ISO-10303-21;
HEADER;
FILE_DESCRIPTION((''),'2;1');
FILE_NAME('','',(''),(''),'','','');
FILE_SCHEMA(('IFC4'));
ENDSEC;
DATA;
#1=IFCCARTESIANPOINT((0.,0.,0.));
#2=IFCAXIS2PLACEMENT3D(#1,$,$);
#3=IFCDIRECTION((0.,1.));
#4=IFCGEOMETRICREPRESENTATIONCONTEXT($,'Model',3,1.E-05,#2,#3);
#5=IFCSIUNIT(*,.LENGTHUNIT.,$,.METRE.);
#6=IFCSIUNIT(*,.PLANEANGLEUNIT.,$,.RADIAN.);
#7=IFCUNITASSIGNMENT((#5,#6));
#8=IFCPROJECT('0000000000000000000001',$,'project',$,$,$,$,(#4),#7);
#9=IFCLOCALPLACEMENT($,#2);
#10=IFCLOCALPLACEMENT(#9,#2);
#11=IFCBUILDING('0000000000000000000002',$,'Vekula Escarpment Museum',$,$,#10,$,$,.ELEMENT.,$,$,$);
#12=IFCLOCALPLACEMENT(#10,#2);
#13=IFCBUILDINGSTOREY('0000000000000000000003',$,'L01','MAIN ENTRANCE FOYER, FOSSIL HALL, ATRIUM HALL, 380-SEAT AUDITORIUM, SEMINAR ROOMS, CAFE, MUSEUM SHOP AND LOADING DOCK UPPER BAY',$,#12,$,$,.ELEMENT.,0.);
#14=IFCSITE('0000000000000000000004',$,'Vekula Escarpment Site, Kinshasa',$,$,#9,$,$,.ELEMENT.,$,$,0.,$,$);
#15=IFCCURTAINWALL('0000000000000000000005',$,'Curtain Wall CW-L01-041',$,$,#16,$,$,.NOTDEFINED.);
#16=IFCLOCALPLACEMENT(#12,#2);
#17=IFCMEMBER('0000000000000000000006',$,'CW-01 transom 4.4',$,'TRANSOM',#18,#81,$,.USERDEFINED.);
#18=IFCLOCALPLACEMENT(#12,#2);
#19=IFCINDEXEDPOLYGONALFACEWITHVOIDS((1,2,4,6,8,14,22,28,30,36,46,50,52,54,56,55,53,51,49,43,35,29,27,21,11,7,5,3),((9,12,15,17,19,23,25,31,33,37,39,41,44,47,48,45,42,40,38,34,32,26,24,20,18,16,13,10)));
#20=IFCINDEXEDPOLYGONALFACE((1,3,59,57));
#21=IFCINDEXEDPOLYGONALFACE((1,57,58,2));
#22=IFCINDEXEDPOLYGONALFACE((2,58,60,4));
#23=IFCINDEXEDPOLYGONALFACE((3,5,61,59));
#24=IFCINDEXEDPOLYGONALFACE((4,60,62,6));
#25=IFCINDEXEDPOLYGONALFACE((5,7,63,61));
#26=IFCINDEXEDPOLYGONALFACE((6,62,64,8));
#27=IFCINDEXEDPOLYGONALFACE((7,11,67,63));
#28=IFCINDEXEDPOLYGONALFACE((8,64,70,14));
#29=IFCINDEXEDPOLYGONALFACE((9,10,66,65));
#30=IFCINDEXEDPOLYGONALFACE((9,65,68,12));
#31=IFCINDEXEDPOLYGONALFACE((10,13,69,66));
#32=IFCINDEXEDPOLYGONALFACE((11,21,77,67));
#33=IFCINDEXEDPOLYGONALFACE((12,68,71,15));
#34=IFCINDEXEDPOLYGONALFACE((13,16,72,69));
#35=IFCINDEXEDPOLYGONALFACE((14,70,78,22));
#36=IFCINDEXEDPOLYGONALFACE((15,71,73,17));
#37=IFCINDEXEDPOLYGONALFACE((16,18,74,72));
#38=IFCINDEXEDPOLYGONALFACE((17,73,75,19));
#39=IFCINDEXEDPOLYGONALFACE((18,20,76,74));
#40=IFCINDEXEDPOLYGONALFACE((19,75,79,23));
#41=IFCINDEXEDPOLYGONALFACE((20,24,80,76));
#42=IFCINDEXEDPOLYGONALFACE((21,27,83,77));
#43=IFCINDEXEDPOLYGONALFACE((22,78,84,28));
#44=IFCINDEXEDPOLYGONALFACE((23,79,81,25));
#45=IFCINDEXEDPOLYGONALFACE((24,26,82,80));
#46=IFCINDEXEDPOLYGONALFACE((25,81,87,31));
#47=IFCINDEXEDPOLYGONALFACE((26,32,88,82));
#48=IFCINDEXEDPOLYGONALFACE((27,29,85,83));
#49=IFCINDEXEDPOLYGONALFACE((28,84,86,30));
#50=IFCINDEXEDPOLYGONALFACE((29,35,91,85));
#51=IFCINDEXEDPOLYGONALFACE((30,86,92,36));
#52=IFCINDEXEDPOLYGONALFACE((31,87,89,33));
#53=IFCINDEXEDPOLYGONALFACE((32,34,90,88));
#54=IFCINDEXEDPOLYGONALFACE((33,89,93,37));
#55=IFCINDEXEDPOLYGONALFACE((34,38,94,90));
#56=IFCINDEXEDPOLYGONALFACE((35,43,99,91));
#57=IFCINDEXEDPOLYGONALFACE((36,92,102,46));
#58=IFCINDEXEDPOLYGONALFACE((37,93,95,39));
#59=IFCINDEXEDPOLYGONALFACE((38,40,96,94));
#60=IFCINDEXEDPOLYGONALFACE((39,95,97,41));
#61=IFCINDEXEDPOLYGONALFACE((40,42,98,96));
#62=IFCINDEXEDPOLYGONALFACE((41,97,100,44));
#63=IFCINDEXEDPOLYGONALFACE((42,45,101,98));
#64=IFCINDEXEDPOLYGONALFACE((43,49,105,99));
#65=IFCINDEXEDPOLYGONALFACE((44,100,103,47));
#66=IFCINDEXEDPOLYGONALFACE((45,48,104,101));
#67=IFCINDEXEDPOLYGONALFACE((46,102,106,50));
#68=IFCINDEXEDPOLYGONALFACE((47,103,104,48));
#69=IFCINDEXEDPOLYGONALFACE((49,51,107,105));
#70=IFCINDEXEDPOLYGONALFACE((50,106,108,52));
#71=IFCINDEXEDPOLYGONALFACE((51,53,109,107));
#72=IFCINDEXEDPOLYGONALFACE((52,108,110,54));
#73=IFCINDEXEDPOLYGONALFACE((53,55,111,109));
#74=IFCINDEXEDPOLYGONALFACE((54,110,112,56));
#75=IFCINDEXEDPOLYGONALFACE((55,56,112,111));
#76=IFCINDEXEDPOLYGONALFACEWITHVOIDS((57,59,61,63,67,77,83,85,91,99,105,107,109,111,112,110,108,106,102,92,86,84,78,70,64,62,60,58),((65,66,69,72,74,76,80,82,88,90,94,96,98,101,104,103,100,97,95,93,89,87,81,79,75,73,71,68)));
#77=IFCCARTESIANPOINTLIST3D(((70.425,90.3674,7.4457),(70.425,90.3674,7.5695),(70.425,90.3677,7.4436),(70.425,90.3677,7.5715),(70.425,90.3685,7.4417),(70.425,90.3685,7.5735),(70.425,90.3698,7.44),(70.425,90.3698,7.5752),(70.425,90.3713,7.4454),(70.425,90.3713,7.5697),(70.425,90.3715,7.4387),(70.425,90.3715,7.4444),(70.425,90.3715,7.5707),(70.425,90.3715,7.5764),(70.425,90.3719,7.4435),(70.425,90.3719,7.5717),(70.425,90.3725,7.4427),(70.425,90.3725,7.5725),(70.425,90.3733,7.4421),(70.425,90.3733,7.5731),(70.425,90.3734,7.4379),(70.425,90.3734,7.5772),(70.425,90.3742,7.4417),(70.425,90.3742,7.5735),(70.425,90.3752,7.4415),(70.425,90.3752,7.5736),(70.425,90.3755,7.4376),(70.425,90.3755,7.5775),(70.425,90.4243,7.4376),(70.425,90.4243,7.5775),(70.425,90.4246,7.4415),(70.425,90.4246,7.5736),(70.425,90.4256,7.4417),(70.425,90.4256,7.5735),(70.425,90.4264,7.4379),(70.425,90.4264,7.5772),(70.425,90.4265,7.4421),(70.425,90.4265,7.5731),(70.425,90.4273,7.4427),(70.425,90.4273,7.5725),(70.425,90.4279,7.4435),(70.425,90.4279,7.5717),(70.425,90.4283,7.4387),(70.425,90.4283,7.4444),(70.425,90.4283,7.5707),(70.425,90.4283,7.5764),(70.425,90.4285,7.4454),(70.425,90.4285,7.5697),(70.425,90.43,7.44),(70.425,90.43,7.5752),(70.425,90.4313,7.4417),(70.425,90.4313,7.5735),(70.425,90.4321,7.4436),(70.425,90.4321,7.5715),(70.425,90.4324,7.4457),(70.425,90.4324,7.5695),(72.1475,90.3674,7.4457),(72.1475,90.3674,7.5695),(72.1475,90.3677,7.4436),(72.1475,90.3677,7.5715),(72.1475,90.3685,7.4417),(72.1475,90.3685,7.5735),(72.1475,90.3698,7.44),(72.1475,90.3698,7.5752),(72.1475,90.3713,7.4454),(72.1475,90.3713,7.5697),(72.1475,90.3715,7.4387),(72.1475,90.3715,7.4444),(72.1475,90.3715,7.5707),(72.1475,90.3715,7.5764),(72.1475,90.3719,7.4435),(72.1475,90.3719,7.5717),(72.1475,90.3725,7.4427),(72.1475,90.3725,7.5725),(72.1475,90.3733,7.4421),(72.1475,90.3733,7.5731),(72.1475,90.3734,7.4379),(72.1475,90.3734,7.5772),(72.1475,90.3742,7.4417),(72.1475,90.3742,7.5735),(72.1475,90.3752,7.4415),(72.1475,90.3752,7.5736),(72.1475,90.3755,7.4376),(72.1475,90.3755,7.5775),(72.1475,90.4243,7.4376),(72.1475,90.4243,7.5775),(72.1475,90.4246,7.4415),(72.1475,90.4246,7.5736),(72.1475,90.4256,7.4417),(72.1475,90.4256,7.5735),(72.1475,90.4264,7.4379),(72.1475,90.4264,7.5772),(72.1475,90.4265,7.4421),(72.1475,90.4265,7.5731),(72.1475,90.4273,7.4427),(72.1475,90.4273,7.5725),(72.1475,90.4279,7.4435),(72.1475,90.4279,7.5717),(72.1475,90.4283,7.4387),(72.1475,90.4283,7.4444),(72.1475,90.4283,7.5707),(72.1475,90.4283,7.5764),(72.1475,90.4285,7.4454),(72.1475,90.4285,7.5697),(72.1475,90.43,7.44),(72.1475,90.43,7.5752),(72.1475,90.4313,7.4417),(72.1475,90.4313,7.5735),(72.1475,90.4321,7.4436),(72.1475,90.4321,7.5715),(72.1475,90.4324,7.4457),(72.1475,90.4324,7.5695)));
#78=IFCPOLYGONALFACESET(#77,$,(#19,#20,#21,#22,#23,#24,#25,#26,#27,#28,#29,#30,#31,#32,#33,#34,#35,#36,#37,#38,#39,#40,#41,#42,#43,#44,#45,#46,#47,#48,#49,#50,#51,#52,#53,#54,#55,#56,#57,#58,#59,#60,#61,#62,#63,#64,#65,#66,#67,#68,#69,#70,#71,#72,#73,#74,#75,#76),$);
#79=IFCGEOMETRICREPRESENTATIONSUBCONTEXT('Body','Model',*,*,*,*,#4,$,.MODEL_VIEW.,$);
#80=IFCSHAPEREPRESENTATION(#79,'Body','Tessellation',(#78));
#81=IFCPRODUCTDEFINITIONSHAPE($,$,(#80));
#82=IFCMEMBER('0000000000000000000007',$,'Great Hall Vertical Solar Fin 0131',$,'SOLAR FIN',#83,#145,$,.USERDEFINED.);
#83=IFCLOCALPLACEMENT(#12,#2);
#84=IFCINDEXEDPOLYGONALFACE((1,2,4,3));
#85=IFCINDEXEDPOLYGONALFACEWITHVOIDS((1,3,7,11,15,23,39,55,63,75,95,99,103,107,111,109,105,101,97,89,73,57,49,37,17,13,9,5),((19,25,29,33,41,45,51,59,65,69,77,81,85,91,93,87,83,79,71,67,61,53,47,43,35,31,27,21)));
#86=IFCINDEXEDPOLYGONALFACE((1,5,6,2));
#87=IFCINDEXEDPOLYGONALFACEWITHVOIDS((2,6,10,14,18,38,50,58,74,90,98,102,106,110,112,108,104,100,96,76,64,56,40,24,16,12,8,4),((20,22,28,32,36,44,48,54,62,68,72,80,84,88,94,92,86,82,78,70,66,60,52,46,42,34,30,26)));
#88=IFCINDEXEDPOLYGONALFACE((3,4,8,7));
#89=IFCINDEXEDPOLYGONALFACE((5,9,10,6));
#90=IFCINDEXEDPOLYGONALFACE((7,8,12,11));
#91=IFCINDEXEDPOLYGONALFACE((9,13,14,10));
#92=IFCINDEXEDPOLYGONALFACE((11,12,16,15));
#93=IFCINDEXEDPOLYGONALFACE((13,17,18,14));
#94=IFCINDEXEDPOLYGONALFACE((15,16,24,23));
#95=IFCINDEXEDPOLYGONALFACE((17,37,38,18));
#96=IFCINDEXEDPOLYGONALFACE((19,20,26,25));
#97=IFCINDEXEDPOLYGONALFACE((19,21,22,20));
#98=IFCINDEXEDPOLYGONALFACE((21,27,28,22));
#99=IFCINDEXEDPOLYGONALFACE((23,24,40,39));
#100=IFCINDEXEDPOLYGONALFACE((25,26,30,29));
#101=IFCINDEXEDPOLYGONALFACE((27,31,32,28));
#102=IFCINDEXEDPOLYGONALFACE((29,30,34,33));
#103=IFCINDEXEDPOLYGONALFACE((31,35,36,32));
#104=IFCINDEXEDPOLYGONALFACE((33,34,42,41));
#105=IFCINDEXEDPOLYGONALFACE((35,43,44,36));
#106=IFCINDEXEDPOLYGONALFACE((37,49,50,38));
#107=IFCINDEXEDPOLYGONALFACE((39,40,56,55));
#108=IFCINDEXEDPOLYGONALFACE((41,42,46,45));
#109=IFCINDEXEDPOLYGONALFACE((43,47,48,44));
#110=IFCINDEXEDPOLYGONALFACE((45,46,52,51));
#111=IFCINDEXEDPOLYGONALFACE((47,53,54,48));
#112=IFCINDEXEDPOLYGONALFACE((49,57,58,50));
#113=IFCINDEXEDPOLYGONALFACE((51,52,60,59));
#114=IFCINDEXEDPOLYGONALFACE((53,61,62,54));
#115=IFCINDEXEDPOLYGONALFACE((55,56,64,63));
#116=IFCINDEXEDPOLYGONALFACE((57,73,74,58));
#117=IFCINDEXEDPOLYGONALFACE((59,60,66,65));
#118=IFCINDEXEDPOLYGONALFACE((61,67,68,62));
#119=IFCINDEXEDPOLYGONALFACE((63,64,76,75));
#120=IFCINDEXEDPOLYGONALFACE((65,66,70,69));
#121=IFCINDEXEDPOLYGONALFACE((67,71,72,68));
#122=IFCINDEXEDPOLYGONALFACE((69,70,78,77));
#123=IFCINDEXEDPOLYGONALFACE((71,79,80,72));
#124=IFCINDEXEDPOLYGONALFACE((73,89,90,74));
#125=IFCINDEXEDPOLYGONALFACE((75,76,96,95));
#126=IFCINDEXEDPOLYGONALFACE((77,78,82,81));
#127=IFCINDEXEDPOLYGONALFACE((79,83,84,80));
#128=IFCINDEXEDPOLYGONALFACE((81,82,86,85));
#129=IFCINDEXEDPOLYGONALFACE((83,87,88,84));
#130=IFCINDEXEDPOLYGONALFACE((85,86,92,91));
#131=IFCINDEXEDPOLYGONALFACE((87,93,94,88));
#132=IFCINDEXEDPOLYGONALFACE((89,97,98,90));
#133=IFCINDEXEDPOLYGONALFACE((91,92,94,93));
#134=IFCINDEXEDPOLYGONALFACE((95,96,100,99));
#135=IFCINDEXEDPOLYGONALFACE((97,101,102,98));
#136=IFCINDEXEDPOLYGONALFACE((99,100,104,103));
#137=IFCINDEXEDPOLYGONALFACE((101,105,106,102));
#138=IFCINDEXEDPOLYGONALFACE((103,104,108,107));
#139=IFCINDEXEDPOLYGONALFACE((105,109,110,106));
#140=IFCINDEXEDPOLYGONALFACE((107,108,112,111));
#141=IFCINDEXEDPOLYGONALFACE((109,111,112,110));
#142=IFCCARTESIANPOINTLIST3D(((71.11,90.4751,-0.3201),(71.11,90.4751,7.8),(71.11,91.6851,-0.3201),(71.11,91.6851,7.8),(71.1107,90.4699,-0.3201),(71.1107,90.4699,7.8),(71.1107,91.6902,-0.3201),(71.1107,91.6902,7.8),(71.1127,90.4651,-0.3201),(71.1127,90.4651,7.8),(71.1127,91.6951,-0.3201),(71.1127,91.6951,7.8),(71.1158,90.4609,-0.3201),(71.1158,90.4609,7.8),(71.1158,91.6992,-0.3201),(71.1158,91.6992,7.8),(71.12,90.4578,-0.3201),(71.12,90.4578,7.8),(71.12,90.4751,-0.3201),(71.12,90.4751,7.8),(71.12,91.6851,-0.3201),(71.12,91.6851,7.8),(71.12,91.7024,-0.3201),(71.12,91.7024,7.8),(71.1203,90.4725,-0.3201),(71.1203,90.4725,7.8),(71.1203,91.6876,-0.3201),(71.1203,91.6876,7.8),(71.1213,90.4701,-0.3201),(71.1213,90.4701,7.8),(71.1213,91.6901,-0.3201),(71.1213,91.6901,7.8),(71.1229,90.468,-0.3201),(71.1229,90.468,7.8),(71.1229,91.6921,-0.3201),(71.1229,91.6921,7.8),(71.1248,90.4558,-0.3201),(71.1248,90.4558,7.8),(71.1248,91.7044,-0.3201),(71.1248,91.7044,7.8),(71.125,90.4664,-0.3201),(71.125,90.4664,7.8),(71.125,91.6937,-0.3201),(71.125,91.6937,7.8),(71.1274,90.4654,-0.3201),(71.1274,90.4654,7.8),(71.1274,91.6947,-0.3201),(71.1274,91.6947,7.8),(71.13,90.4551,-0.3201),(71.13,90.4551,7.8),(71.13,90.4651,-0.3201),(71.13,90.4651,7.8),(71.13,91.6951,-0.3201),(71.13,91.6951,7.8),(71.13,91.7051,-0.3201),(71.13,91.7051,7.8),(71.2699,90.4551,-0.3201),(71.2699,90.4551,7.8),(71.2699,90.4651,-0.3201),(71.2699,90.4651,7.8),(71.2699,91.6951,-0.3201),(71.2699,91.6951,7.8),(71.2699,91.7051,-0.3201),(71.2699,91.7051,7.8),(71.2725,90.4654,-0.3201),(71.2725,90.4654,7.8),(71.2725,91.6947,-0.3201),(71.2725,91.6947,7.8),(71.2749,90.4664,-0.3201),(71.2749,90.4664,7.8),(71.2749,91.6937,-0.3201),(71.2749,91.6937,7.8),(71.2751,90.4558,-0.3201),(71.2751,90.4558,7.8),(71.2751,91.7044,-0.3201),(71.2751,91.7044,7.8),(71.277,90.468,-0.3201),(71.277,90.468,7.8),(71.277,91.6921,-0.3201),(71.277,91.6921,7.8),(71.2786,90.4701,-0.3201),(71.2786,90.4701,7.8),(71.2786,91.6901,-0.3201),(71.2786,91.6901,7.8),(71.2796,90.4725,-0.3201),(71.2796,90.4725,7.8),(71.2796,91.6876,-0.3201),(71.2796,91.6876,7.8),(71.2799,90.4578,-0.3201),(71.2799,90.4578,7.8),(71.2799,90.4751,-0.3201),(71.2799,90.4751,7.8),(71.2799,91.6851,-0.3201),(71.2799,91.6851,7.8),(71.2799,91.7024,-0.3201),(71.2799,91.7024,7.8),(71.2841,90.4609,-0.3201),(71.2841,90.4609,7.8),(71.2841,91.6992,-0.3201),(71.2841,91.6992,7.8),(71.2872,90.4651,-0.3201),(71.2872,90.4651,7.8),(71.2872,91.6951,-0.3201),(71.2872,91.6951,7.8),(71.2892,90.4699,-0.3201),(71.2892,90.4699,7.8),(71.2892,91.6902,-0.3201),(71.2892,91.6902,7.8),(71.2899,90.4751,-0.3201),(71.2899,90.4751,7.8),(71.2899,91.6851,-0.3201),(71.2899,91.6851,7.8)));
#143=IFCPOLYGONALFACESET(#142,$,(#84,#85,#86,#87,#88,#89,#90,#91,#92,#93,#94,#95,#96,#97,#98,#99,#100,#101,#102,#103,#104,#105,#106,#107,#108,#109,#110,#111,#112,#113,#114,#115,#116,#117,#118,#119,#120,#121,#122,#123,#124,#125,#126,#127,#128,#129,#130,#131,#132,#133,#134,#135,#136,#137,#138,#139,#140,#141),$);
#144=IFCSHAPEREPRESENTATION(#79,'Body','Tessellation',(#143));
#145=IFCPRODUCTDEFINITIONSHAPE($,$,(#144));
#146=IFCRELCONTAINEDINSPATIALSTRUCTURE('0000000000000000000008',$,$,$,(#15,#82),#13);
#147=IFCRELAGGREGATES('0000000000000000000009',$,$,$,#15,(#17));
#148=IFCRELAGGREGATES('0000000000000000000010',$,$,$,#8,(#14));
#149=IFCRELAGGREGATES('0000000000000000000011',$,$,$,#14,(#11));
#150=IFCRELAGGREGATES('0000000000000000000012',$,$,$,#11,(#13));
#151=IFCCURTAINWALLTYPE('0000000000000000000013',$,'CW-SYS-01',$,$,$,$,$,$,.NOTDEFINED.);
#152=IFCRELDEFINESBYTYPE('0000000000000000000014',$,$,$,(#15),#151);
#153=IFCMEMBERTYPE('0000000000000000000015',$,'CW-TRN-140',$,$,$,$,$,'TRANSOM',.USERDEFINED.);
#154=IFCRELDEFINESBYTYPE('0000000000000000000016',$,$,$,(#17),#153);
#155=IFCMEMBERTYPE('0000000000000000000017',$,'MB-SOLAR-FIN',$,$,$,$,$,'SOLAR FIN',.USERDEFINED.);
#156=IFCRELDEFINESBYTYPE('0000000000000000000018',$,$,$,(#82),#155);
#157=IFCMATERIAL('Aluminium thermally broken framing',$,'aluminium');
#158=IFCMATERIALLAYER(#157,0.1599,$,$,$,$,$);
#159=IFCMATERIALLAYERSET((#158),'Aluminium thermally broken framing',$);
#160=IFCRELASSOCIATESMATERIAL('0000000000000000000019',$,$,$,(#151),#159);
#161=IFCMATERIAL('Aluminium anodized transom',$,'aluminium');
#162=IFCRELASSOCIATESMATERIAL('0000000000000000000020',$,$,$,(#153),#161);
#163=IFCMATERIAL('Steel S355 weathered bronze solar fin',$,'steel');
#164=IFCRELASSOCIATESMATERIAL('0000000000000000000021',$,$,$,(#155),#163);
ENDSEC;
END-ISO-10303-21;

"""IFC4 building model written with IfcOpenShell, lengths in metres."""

from ifc_helpers import new_model, si_unit, direction, frame, origin, origin_2d, place, context, subcontext, project, spatial, hollow_rectangle, extrude, material, layer, layer_set, material_profile, profile_set, type_object, element, aggregate, save


model = new_model("IFC4")

# Units and contexts
model_context = context("Model", 3, precision=1e-05, world=origin(), true_north=direction((0.0, 1.0)))
body_context = subcontext(model_context, "Body", "Model", "MODEL_VIEW")
ifc_project = project(units=[si_unit("LENGTHUNIT", "METRE"), si_unit("PLANEANGLEUNIT", "RADIAN")], contexts=[model_context])

# Site, building, storey
site_placement = place(None, origin())
site = spatial("IfcSite", under=ifc_project, at=site_placement, Name="Vekula Escarpment Site, Kinshasa", CompositionType="ELEMENT", RefElevation=0.0)
building_placement = place(site_placement, origin())
building = spatial("IfcBuilding", under=site, at=building_placement, Name="Vekula Escarpment Museum", CompositionType="ELEMENT")
storey_placement = place(building_placement, origin())
storey = spatial("IfcBuildingStorey", under=building, at=storey_placement, Name="L01", Description="MAIN ENTRANCE FOYER, FOSSIL HALL, ATRIUM HALL, 380-SEAT AUDITORIUM, SEMINAR ROOMS, CAFE, MUSEUM SHOP AND LOADING DOCK UPPER BAY", CompositionType="ELEMENT", Elevation=0.0)

# Curtain wall, member
ifc_material_1 = material(Name="Aluminium thermally broken framing", Category="aluminium")
ifc_layer_1 = layer(ifc_material_1, 0.1599)
ifc_layer_set_1 = layer_set([ifc_layer_1], Name="Aluminium thermally broken framing")
curtain_wall_type = type_object("IfcCurtainWallType", Name="CW-SYS-01", PredefinedType="NOTDEFINED", material=ifc_layer_set_1)
curtain_wall_placement = place(storey_placement, origin())
curtain_wall = element("IfcCurtainWall", 1, at=curtain_wall_placement, inside=storey, type_object=curtain_wall_type, Name="Curtain Wall CW-L01-041", PredefinedType="NOTDEFINED")
ifc_material_2 = material(Name="Aluminium anodized transom", Category="aluminium")
ifc_material_profile_1 = material_profile(ifc_material_2, hollow_rectangle(XDim=0.0649, YDim=0.1399, WallThickness=0.0039, InnerFilletRadius=0.0039, OuterFilletRadius=0.0081, at=origin_2d()), Name="ALU 140x65x4")
ifc_profile_set_1 = profile_set([ifc_material_profile_1], Name="Aluminium anodized transom")
member_type_1 = type_object("IfcMemberType", Name="CW-TRN-140", ElementType="TRANSOM", PredefinedType="USERDEFINED", material=ifc_profile_set_1)
member_1_placement = place(storey_placement, frame((72.1475, 90.3999, 7.5076), z_axis=(-1.0, 0.0, 0.0), x_axis=(0.0, -1.0, 0.0)))
member_1 = element("IfcMember", 2, at=member_1_placement, type_object=member_type_1, Name="CW-01 transom 4.4", ObjectType="TRANSOM", PredefinedType="USERDEFINED", context=body_context, shape_type="SweptSolid", body=[
    extrude(hollow_rectangle(XDim=0.0649, YDim=0.1399, WallThickness=0.0039, InnerFilletRadius=0.0039, OuterFilletRadius=0.0081, at=origin_2d()), origin(), (0.0, 0.0, 1.0), 1.7224),
])

# Member
ifc_material_3 = material(Name="Steel S355 weathered bronze solar fin", Category="steel")
ifc_material_profile_2 = material_profile(ifc_material_3, hollow_rectangle(XDim=0.1799, YDim=1.25, WallThickness=0.01, InnerFilletRadius=0.01, OuterFilletRadius=0.02, at=origin_2d()), Name="RHS 1250x180x10")
ifc_profile_set_2 = profile_set([ifc_material_profile_2], Name="Steel S355 weathered bronze solar fin")
member_type_2 = type_object("IfcMemberType", Name="MB-SOLAR-FIN", ElementType="SOLAR FIN", PredefinedType="USERDEFINED", material=ifc_profile_set_2)
for number, where, z_axis, x_axis, name in (
    (3, (71.2, 91.0801, -0.3201), (0.0, 0.0, 1.0), (1.0, 0.0, 0.0), "Great Hall Vertical Solar Fin 0131"),
):
    element("IfcMember", number, at=place(storey_placement, frame(where, z_axis=z_axis, x_axis=x_axis)), inside=storey, type_object=member_type_2, Name=name, ObjectType="SOLAR FIN", PredefinedType="USERDEFINED", context=body_context, shape_type="SweptSolid", body=[
        extrude(hollow_rectangle(XDim=0.1799, YDim=1.25, WallThickness=0.01, InnerFilletRadius=0.01, OuterFilletRadius=0.02, at=origin_2d()), origin(), (0.0, 0.0, 1.0), 8.1201),
    ])

aggregate(curtain_wall, [member_1])

save(model, "model.ifc")
